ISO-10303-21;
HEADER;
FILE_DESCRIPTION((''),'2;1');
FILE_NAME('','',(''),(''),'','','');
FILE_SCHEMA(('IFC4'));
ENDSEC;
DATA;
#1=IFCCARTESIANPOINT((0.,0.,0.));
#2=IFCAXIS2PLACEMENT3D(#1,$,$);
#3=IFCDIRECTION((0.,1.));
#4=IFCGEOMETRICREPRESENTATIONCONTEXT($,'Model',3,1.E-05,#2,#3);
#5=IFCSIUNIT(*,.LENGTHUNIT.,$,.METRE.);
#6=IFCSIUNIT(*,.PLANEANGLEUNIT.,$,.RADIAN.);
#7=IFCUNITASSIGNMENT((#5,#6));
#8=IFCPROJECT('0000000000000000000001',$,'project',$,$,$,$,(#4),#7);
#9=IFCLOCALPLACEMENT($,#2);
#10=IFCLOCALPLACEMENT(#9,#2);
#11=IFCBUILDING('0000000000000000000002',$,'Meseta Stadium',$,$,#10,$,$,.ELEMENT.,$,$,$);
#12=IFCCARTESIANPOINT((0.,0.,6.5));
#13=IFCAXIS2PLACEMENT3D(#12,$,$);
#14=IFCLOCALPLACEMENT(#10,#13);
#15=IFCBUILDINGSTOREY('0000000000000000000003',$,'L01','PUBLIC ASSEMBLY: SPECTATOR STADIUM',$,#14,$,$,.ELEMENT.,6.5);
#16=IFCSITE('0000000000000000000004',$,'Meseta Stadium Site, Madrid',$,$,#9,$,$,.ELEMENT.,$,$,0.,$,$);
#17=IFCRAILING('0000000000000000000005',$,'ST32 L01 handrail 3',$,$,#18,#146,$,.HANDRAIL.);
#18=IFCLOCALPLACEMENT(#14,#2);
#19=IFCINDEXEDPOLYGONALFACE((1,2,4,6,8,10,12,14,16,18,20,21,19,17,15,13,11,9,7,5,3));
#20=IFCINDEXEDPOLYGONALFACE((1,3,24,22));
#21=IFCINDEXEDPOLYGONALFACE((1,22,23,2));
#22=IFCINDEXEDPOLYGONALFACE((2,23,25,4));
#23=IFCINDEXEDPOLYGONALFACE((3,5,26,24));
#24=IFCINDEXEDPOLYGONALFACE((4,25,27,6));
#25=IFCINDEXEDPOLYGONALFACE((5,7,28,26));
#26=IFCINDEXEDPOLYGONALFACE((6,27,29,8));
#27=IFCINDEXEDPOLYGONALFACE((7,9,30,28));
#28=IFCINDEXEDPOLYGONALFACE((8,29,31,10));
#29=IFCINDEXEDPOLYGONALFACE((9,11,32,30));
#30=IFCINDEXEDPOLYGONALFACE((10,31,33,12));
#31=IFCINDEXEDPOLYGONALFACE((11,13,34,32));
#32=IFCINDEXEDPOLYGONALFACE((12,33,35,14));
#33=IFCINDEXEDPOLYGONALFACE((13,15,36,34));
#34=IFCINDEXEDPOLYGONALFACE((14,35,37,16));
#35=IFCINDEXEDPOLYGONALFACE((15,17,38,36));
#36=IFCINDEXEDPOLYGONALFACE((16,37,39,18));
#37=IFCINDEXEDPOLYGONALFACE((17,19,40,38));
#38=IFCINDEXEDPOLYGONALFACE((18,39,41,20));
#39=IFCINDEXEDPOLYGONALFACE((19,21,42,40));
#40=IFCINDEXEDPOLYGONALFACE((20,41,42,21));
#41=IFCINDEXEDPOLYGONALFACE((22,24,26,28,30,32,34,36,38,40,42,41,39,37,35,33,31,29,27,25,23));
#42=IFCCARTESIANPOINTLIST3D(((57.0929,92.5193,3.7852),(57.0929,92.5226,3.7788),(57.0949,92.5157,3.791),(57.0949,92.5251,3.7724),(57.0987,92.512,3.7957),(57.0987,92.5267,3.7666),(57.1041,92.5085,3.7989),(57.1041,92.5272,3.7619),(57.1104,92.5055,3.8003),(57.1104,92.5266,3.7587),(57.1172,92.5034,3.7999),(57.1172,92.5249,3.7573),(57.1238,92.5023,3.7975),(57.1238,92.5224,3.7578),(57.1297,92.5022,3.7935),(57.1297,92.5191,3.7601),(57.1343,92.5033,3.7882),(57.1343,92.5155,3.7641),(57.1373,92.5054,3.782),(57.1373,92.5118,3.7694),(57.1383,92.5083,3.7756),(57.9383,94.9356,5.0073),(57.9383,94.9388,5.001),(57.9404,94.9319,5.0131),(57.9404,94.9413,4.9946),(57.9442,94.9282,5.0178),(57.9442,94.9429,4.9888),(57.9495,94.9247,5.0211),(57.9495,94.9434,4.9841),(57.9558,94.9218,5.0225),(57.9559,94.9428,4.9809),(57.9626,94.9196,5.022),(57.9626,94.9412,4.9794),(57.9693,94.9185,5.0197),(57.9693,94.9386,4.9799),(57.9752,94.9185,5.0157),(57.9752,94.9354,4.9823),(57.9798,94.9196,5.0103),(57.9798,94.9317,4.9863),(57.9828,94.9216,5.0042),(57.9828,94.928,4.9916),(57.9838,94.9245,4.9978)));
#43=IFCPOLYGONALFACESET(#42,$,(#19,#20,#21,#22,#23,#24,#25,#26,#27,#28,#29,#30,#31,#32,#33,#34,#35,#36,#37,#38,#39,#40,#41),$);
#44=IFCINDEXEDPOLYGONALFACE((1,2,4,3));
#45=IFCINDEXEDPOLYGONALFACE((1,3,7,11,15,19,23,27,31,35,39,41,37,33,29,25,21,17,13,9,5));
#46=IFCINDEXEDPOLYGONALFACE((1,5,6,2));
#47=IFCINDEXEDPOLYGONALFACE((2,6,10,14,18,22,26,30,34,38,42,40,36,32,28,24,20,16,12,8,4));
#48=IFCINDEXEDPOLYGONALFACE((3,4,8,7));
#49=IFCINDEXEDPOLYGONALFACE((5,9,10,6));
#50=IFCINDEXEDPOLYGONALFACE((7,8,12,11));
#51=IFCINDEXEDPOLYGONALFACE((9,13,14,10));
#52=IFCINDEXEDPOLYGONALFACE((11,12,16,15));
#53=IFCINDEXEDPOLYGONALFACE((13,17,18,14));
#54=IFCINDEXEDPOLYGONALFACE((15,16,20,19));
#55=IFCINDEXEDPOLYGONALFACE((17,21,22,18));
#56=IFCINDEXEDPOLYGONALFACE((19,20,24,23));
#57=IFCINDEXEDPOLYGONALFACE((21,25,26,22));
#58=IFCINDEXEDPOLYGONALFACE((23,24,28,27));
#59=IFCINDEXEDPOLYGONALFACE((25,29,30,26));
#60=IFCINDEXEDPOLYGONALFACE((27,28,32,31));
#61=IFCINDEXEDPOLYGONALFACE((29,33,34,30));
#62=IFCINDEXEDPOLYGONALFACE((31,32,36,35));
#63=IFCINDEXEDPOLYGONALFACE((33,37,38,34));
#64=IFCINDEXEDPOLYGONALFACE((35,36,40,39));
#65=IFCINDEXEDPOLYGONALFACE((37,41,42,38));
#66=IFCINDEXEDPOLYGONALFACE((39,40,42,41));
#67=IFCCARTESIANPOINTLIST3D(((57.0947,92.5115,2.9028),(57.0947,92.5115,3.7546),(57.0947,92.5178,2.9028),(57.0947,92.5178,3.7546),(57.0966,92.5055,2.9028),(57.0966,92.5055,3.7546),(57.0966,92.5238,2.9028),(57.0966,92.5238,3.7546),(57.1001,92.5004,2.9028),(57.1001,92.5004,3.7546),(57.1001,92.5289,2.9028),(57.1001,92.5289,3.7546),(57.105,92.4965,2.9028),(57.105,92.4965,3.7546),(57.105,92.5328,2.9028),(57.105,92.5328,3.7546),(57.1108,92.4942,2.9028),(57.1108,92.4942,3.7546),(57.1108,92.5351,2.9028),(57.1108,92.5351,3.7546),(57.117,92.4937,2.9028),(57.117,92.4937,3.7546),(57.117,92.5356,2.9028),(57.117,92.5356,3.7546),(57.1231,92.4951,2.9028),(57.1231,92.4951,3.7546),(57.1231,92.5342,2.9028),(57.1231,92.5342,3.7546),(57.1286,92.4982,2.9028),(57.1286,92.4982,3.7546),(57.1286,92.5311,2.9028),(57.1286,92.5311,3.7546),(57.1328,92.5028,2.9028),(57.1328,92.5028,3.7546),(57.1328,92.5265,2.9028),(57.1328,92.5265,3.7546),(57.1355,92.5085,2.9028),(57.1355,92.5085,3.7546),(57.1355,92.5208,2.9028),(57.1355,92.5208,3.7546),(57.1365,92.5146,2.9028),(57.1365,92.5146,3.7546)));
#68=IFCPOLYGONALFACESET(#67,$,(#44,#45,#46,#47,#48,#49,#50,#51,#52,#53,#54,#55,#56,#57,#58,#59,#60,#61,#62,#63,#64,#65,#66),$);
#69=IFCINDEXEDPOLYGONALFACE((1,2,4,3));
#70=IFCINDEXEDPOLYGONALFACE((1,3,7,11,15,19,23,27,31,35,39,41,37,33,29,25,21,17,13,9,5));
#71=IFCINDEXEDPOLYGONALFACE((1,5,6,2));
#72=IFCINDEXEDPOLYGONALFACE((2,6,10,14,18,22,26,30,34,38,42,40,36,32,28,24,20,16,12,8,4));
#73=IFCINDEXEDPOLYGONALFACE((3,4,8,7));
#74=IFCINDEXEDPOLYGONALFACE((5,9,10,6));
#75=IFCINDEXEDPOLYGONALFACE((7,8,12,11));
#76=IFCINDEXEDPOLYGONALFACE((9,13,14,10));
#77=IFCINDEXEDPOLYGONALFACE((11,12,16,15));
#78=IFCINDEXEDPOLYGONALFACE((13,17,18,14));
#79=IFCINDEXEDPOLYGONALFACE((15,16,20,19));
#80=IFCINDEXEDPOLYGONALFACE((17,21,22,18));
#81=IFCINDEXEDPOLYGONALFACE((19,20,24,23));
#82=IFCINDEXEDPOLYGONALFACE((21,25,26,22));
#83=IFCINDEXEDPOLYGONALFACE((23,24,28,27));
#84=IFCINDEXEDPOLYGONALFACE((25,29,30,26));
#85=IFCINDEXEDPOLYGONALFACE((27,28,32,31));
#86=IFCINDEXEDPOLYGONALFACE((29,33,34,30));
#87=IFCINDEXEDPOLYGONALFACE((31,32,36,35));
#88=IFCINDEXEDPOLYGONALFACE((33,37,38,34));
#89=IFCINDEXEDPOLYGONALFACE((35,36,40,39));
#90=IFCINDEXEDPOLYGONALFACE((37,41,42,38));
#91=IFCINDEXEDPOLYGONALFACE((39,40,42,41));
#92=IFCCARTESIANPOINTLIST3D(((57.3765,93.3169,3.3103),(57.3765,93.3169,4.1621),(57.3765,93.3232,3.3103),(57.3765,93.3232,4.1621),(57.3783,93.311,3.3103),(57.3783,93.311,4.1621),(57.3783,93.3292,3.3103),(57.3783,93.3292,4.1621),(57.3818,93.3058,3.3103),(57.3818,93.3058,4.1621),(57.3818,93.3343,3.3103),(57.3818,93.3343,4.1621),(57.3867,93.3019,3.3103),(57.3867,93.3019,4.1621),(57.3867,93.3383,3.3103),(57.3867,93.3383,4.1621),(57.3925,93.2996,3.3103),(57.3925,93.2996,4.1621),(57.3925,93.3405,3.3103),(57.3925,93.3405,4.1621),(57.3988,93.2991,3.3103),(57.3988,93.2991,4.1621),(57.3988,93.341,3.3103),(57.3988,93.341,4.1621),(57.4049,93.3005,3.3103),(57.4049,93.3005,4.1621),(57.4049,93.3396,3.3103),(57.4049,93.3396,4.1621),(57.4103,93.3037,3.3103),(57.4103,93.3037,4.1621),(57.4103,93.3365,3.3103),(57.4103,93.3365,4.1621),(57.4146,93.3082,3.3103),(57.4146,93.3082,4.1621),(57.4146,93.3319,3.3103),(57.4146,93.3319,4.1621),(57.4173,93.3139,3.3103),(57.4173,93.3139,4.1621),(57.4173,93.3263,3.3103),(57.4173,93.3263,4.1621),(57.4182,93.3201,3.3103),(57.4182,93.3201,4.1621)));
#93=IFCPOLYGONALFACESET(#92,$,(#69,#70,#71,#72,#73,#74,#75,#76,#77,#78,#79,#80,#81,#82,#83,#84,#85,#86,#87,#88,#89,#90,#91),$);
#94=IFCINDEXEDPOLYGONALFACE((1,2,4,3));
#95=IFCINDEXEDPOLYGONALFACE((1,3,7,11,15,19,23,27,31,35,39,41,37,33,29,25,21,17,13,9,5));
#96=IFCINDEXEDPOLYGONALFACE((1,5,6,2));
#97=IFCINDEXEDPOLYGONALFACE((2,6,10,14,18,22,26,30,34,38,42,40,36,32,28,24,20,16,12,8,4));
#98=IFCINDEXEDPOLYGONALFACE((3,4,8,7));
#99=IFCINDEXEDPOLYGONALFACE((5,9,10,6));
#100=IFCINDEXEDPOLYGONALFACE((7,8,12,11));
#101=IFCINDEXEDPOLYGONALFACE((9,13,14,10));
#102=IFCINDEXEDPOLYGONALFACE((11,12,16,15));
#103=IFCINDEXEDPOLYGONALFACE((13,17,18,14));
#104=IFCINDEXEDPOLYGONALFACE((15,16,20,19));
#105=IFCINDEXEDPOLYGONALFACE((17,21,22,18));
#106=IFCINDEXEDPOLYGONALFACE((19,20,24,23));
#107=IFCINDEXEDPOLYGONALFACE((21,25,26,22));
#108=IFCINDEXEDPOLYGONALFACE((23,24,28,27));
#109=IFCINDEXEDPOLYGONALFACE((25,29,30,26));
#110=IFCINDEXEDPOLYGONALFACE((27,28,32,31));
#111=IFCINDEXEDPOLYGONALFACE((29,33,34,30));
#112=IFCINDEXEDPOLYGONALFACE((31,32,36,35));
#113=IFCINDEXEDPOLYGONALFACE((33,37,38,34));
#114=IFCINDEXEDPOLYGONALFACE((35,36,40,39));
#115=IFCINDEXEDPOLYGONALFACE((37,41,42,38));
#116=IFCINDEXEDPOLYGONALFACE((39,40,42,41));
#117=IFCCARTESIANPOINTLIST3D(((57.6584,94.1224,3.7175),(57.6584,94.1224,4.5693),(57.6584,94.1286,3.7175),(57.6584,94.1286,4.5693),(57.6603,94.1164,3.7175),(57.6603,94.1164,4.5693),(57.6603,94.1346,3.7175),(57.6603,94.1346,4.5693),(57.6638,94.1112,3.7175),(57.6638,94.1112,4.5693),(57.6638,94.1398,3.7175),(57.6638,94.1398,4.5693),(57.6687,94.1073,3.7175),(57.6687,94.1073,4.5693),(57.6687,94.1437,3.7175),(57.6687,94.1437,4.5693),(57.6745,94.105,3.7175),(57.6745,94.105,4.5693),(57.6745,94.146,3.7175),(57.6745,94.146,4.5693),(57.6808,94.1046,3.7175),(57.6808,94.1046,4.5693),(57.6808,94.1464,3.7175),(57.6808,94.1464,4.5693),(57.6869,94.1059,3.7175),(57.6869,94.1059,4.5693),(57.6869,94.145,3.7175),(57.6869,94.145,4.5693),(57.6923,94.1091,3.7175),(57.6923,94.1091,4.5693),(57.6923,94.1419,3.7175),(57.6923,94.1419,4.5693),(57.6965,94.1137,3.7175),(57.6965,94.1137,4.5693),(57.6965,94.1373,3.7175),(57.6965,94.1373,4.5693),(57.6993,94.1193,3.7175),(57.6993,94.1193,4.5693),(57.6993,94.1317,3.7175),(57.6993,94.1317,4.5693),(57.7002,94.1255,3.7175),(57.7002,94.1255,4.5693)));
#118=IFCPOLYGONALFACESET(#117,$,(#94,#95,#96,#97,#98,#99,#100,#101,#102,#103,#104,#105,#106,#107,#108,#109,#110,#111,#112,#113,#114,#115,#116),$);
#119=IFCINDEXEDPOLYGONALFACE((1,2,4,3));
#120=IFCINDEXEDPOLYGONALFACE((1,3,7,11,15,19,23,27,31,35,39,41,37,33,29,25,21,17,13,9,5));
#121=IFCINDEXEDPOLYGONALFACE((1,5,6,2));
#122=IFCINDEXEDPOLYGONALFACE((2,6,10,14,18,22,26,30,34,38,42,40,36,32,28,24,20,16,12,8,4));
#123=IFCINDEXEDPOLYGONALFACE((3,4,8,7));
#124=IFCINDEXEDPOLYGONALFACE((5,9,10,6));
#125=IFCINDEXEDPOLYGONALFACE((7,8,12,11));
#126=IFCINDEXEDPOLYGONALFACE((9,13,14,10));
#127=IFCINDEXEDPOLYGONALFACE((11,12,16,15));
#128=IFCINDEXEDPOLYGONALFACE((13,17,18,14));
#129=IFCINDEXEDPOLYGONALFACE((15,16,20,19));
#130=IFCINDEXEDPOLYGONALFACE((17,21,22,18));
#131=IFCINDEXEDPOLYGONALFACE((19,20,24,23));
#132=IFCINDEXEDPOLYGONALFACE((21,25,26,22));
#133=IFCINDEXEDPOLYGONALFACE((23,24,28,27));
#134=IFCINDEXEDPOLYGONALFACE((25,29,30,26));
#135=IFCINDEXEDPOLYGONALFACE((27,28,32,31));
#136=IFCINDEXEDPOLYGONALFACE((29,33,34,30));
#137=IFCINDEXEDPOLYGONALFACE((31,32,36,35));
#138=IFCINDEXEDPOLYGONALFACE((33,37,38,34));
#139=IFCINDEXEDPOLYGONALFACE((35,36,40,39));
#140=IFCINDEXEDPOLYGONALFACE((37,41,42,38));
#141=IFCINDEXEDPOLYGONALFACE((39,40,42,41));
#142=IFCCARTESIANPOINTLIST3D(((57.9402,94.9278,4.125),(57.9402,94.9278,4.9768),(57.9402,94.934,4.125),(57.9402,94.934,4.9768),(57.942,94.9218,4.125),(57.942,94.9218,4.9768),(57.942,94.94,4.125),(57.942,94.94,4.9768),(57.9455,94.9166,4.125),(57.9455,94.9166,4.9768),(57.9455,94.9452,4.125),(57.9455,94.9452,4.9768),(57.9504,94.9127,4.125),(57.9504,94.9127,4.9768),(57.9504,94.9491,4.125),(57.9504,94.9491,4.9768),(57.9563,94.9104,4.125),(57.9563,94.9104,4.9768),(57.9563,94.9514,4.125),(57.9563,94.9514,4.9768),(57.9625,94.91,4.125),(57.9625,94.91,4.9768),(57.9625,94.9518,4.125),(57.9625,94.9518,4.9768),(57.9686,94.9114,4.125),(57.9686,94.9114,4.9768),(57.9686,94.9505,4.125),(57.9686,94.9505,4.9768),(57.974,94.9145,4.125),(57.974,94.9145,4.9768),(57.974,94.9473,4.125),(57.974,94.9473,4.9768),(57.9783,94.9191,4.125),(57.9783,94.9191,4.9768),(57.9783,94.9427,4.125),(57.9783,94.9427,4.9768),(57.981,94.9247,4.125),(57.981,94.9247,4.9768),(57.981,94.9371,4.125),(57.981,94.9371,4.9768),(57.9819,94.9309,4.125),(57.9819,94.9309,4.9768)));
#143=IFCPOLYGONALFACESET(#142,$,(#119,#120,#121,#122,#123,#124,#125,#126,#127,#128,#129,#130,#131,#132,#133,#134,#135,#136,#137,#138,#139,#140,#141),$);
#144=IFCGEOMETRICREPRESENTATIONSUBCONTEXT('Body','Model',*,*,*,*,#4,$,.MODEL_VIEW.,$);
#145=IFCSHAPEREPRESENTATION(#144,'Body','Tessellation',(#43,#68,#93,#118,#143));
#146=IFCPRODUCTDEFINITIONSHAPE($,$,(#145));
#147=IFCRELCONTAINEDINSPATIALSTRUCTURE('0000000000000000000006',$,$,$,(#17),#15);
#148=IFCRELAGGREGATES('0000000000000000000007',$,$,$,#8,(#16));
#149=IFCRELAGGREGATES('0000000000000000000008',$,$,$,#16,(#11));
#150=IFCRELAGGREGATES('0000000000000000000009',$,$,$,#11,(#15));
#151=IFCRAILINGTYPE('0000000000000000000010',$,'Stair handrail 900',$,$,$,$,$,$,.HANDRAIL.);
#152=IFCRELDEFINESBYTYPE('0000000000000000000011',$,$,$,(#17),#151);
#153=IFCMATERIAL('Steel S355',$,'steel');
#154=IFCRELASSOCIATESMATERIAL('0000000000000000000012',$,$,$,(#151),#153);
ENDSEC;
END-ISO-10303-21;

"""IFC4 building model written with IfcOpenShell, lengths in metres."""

from ifc_helpers import new_model, si_unit, direction, frame, origin, origin_2d, place, context, subcontext, project, spatial, circle, extrude, material, type_object, element, save


model = new_model("IFC4")

# Units and contexts
model_context = context("Model", 3, precision=1e-05, world=origin(), true_north=direction((0.0, 1.0)))
body_context = subcontext(model_context, "Body", "Model", "MODEL_VIEW")
ifc_project = project(units=[si_unit("LENGTHUNIT", "METRE"), si_unit("PLANEANGLEUNIT", "RADIAN")], contexts=[model_context])

# Site, building, storey
site_placement = place(None, origin())
site = spatial("IfcSite", under=ifc_project, at=site_placement, Name="Meseta Stadium Site, Madrid", CompositionType="ELEMENT", RefElevation=0.0)
building_placement = place(site_placement, origin())
building = spatial("IfcBuilding", under=site, at=building_placement, Name="Meseta Stadium", CompositionType="ELEMENT")
storey_placement = place(building_placement, frame((0.0, 0.0, 6.5)))
storey = spatial("IfcBuildingStorey", under=building, at=storey_placement, Name="L01", Description="PUBLIC ASSEMBLY: SPECTATOR STADIUM", CompositionType="ELEMENT", Elevation=6.5)

# Railing
ifc_material_1 = material(Name="Steel S355", Category="steel")
railing_type = type_object("IfcRailingType", Name="Stair handrail 900", PredefinedType="HANDRAIL", material=ifc_material_1)
for number, where, name in (
    (1, (57.1155, 92.5146, 2.9028), "ST32 L01 handrail 3"),
):
    element("IfcRailing", number, at=place(storey_placement, frame(where)), inside=storey, type_object=railing_type, Name=name, PredefinedType="HANDRAIL", context=body_context, shape_type="SweptSolid", body=[
        extrude(circle(Radius=0.0239, at=origin_2d()), frame((0.0, 0.0, 0.876), z_axis=(0.298044, 0.851789, 0.430843), x_axis=(-0.943887, 0.33027, 0.0)), (0.0, 0.0, 1.0), 2.8367),
        extrude(circle(Radius=0.021, at=origin_2d()), origin(), (0.0, 0.0, 1.0), 0.8518),
        extrude(circle(Radius=0.021, at=origin_2d()), frame((0.2817, 0.8054, 0.4075)), (0.0, 0.0, 1.0), 0.8518),
        extrude(circle(Radius=0.021, at=origin_2d()), frame((0.5637, 1.6108, 0.8147)), (0.0, 0.0, 1.0), 0.8518),
        extrude(circle(Radius=0.021, at=origin_2d()), frame((0.8455, 2.4163, 1.2222)), (0.0, 0.0, 1.0), 0.8518),
    ])

save(model, "model.ifc")
